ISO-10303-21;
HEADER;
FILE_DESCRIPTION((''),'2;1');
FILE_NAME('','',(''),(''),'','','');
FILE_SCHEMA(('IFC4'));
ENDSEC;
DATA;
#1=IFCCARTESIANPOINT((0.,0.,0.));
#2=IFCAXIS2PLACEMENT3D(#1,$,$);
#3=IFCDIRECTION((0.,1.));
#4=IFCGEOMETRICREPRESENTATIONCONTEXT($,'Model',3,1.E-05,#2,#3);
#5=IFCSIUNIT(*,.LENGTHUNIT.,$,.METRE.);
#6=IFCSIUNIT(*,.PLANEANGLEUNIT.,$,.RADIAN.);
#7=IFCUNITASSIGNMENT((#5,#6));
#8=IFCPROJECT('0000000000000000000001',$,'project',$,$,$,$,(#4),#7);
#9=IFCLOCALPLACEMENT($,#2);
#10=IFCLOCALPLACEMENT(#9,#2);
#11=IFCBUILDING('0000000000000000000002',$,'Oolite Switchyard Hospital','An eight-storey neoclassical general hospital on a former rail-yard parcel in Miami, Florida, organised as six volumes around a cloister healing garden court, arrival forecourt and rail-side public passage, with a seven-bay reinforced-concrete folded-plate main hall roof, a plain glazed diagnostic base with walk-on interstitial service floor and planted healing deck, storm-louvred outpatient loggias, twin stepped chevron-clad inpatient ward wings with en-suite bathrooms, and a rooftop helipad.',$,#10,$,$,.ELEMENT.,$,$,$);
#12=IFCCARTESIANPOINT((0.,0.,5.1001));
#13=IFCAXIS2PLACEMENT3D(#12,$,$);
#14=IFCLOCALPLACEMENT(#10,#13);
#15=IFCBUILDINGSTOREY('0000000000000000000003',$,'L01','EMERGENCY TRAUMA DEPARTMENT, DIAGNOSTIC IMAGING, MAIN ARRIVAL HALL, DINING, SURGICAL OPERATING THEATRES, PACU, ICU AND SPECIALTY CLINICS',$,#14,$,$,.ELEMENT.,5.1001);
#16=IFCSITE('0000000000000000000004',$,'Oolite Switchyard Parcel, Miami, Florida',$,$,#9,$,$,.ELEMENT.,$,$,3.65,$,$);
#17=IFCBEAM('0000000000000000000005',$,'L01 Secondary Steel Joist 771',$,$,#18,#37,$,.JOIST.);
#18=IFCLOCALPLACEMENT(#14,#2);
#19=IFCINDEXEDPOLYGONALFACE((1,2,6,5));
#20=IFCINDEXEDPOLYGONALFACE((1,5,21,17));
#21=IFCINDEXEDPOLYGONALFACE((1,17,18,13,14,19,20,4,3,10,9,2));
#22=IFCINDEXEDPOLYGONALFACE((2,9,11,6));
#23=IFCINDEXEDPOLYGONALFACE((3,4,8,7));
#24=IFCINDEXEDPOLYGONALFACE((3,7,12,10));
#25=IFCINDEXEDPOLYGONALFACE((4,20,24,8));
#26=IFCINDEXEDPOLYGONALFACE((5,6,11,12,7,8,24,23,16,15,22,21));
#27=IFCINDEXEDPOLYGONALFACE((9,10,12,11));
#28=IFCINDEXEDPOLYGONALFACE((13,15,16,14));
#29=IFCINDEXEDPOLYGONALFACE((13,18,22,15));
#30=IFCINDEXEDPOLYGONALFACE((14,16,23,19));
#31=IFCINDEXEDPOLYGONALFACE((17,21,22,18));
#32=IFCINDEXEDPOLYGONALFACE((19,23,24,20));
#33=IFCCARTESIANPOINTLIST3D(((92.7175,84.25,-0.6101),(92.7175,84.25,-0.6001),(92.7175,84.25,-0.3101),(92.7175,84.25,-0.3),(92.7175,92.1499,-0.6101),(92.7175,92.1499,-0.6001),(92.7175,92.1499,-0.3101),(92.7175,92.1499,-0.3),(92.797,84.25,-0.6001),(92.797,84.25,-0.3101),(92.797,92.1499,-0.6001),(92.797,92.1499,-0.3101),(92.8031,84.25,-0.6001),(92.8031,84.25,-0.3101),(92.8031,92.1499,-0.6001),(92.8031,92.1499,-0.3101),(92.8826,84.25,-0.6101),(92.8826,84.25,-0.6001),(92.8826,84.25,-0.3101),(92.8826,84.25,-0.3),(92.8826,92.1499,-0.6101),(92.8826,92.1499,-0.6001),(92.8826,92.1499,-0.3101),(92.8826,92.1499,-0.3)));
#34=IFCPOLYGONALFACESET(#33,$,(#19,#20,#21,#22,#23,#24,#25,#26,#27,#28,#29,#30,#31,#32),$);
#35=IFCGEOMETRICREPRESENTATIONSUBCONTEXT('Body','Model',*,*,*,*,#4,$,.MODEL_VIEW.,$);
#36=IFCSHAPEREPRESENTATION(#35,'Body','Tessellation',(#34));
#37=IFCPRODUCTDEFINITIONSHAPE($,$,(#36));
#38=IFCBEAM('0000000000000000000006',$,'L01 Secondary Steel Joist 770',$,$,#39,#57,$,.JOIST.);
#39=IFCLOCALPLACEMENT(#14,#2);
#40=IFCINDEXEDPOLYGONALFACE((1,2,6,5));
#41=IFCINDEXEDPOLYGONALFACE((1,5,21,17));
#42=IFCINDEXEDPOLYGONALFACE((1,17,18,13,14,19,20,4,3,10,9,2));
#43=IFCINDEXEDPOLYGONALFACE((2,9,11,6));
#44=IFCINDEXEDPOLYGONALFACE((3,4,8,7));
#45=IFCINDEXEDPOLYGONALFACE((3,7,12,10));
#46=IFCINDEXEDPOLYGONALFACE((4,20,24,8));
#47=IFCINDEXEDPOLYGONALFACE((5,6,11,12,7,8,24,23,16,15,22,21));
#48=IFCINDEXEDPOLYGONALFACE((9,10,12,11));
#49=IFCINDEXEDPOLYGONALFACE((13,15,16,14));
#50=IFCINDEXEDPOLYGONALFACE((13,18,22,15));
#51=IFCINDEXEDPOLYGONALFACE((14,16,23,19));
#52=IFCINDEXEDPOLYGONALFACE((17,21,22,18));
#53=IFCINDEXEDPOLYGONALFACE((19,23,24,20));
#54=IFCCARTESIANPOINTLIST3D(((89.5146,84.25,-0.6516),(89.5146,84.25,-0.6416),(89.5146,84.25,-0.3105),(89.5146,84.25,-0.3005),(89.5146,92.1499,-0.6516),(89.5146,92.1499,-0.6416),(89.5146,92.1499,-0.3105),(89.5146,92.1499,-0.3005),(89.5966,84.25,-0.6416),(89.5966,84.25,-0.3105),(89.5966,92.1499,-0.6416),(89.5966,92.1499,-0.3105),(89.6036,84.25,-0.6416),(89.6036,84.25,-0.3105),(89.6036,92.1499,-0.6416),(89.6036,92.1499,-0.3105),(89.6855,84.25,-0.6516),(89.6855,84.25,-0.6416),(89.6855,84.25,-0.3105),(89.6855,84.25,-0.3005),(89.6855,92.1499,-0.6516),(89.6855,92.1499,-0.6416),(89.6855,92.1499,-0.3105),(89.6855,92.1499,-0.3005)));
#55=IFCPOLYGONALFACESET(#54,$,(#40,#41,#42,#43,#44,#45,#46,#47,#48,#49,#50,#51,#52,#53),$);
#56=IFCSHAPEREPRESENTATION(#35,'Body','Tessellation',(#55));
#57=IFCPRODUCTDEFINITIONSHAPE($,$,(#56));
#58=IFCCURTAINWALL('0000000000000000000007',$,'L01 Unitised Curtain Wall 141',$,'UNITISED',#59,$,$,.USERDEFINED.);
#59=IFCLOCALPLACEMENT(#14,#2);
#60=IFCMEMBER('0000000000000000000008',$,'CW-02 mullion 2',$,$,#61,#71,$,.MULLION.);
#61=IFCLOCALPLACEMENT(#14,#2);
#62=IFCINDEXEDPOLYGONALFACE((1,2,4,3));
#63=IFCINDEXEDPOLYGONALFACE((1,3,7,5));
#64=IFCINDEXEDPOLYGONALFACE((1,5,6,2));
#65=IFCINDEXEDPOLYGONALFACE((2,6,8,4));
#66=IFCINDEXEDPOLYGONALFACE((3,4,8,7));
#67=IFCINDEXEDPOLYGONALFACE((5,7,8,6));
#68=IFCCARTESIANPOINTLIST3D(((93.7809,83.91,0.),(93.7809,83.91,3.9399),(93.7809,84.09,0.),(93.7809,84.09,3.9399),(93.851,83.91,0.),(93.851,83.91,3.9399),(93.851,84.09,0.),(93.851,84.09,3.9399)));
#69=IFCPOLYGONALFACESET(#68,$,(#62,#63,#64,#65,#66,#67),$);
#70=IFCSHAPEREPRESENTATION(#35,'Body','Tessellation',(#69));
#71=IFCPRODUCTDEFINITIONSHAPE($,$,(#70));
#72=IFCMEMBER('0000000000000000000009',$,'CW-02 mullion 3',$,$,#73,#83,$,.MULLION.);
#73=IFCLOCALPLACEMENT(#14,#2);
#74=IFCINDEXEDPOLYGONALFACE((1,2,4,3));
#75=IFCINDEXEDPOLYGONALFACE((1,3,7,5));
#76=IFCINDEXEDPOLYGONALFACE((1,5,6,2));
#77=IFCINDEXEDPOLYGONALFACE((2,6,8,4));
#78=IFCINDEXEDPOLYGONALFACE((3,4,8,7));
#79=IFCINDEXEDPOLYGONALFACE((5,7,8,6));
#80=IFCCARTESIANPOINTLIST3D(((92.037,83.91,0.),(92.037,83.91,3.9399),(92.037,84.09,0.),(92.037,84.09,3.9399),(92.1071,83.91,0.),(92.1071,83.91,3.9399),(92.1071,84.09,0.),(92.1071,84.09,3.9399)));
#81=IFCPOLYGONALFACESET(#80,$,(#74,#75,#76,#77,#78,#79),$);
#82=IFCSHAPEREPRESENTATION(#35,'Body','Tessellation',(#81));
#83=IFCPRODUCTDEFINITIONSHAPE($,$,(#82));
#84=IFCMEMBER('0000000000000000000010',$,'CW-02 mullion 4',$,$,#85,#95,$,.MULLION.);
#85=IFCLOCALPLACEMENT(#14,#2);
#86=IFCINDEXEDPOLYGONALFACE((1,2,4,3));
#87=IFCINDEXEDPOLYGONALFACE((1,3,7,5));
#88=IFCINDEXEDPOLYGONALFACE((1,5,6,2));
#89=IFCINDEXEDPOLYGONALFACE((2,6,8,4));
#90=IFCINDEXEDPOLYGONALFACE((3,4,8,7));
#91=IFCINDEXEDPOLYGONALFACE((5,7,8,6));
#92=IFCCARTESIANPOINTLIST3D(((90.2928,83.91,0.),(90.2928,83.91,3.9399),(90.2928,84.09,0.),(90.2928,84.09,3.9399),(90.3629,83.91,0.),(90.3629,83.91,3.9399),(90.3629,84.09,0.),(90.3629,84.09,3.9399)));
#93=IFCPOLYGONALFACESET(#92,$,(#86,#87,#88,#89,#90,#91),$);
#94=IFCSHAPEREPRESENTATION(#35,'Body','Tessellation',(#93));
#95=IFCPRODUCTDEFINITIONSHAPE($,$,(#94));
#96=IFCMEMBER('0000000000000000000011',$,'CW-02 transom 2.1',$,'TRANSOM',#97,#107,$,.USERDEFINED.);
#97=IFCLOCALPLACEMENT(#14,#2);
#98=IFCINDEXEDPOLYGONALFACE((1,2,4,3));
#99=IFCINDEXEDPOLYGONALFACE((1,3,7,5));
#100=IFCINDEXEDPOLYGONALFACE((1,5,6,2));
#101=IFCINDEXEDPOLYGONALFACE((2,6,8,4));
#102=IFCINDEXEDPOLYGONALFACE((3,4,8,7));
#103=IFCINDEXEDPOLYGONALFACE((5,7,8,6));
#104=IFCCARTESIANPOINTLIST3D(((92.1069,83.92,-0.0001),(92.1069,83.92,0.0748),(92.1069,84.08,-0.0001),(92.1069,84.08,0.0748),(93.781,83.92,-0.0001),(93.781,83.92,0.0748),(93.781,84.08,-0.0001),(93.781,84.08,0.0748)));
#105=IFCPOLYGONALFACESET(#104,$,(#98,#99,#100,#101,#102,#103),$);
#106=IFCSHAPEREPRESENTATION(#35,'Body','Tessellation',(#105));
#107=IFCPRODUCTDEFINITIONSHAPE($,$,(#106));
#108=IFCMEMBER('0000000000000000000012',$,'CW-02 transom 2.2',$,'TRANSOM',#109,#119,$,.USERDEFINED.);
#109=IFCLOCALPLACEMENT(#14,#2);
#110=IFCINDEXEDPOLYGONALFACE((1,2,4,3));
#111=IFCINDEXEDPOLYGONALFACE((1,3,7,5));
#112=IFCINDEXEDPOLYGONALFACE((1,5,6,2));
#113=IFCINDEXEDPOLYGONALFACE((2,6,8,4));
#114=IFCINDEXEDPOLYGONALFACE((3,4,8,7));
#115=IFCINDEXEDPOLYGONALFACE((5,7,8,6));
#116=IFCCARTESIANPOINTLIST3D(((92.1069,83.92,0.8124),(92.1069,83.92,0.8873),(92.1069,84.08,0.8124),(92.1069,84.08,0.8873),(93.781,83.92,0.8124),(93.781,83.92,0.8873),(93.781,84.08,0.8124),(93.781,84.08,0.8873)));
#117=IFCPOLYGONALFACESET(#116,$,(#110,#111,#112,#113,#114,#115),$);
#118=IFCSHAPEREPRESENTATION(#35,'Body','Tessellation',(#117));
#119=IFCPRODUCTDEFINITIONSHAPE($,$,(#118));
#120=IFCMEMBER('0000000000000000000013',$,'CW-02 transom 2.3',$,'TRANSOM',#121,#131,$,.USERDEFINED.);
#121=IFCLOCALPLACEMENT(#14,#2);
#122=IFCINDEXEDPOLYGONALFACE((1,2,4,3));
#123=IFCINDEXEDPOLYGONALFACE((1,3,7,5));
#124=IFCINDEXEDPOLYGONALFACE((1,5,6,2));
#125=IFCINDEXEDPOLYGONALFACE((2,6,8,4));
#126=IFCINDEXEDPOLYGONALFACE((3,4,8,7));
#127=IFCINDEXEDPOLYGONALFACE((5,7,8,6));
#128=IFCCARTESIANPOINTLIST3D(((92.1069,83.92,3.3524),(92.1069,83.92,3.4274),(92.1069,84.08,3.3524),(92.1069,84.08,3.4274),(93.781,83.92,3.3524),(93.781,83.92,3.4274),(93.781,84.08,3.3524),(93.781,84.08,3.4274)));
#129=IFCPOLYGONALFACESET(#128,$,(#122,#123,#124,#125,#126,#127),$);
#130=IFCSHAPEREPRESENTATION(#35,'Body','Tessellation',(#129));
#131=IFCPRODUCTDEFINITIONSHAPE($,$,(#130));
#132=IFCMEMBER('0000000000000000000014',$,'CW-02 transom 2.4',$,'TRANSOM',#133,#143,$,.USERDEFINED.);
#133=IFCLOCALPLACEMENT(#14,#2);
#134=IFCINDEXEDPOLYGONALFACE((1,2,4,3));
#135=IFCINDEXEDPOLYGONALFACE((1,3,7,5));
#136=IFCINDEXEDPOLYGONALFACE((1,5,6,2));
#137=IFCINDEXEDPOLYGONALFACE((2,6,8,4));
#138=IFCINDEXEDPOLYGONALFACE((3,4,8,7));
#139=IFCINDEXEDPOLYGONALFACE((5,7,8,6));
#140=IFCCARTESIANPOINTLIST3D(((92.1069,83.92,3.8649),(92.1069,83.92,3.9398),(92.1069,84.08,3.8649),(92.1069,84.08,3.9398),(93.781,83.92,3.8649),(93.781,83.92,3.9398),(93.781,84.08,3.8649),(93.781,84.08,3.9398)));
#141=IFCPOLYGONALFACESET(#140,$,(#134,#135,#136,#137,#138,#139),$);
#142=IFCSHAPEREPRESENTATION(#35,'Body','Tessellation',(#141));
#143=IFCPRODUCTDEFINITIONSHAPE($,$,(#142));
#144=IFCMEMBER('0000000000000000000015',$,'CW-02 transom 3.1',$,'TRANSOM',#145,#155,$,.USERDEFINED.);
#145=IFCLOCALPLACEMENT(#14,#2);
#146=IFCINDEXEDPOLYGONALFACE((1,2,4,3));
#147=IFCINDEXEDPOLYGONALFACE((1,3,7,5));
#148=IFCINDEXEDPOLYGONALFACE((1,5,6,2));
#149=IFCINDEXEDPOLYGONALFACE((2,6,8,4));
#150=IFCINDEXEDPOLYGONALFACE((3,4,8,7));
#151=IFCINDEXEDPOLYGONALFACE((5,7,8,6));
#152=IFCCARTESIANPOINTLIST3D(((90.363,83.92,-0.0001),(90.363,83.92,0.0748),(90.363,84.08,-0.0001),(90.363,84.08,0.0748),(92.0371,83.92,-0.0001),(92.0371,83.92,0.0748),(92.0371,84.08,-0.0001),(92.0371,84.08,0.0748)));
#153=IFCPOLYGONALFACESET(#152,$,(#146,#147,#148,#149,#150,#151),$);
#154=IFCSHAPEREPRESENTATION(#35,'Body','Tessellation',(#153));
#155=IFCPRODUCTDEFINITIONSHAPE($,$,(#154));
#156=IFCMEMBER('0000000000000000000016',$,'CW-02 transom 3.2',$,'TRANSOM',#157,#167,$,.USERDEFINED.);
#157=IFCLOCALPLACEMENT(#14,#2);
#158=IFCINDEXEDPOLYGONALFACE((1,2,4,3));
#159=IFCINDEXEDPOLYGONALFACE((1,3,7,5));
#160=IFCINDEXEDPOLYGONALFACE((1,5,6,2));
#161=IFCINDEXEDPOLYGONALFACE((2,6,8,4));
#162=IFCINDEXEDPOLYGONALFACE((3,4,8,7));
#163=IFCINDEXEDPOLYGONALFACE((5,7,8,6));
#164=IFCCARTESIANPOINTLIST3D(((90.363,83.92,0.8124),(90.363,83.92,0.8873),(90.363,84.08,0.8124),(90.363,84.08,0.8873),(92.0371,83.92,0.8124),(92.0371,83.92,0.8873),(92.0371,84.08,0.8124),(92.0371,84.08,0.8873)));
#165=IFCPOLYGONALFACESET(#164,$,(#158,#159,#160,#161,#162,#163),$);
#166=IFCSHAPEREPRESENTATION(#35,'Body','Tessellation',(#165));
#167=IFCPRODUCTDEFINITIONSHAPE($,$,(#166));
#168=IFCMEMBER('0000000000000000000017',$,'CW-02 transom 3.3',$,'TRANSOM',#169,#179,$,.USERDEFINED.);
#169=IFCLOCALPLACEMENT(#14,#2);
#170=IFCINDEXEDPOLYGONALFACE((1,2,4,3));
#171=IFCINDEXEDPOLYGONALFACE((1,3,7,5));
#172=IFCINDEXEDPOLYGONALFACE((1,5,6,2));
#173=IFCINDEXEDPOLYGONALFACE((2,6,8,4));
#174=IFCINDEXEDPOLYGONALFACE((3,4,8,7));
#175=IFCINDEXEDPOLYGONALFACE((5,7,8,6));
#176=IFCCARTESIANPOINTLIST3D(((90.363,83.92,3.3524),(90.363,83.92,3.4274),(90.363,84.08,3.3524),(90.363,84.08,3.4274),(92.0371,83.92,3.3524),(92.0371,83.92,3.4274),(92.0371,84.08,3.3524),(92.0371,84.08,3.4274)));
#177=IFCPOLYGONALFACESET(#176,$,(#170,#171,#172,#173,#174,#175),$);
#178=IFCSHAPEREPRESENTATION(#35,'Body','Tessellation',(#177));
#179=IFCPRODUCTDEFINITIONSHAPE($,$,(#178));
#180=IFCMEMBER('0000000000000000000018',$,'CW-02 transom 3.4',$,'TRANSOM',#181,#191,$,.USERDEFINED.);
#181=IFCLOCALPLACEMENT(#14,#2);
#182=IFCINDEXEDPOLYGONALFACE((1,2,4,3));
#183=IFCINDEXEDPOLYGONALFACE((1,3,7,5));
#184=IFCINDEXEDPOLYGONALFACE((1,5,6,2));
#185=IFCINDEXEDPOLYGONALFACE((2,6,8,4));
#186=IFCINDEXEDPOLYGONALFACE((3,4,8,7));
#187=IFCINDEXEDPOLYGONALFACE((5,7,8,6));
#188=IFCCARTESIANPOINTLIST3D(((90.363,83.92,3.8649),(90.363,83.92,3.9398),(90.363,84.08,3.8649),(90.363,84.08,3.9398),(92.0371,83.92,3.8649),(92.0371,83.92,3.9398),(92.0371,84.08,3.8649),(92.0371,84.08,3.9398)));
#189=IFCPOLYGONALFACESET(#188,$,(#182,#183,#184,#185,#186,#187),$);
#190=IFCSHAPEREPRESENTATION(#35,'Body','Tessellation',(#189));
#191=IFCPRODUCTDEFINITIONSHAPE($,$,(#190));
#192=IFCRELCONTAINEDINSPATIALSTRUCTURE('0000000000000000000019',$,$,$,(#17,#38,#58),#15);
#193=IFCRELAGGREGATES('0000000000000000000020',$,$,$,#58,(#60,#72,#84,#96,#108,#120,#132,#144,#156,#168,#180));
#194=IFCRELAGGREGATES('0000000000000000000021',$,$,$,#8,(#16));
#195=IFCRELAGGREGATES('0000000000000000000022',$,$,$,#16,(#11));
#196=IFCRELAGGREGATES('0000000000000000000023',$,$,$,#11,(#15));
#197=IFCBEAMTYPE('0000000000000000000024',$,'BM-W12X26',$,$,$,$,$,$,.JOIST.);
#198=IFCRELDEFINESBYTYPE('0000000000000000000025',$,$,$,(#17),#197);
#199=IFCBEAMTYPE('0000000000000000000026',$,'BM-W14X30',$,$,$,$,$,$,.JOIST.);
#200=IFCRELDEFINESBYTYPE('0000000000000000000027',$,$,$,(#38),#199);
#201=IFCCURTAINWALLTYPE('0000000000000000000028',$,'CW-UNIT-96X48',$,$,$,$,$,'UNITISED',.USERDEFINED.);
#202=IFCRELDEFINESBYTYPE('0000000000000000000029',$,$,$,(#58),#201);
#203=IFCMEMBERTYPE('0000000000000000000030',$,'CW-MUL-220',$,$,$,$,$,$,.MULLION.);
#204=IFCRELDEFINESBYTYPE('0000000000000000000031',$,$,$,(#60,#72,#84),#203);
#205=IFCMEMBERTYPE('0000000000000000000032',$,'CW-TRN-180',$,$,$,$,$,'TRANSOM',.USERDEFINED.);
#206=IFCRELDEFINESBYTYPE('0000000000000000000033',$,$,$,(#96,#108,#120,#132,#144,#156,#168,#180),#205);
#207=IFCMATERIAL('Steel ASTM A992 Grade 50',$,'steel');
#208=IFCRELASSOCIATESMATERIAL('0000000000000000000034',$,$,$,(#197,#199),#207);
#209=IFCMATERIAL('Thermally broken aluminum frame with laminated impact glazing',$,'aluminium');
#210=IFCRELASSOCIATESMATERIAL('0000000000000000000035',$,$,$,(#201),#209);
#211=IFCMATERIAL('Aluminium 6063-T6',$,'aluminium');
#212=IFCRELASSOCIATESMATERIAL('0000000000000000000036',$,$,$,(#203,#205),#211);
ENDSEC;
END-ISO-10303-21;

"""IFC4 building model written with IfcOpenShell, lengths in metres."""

from ifc_helpers import new_model, si_unit, direction, frame, origin, origin_2d, place, context, subcontext, project, spatial, rectangle, i_section, extrude, material, material_profile, profile_set, type_object, element, aggregate, save


model = new_model("IFC4")

# Units and contexts
model_context = context("Model", 3, precision=1e-05, world=origin(), true_north=direction((0.0, 1.0)))
body_context = subcontext(model_context, "Body", "Model", "MODEL_VIEW")
ifc_project = project(units=[si_unit("LENGTHUNIT", "METRE"), si_unit("PLANEANGLEUNIT", "RADIAN")], contexts=[model_context])

# Site, building, storey
site_placement = place(None, origin())
site = spatial("IfcSite", under=ifc_project, at=site_placement, Name="Oolite Switchyard Parcel, Miami, Florida", CompositionType="ELEMENT", RefElevation=3.65)
building_placement = place(site_placement, origin())
building = spatial("IfcBuilding", under=site, at=building_placement, Name="Oolite Switchyard Hospital", Description="An eight-storey neoclassical general hospital on a former rail-yard parcel in Miami, Florida, organised as six volumes around a cloister healing garden court, arrival forecourt and rail-side public passage, with a seven-bay reinforced-concrete folded-plate main hall roof, a plain glazed diagnostic base with walk-on interstitial service floor and planted healing deck, storm-louvred outpatient loggias, twin stepped chevron-clad inpatient ward wings with en-suite bathrooms, and a rooftop helipad.", CompositionType="ELEMENT")
storey_placement = place(building_placement, frame((0.0, 0.0, 5.1001)))
storey = spatial("IfcBuildingStorey", under=building, at=storey_placement, Name="L01", Description="EMERGENCY TRAUMA DEPARTMENT, DIAGNOSTIC IMAGING, MAIN ARRIVAL HALL, DINING, SURGICAL OPERATING THEATRES, PACU, ICU AND SPECIALTY CLINICS", CompositionType="ELEMENT", Elevation=5.1001)

# Beams
ifc_material_1 = material(Name="Steel ASTM A992 Grade 50", Category="steel")
ifc_material_profile_1 = material_profile(ifc_material_1, i_section(OverallWidth=0.165, OverallDepth=0.3101, WebThickness=0.0061, FlangeThickness=0.01, at=origin_2d()), Name="W12X26")
ifc_profile_set_1 = profile_set([ifc_material_profile_1], Name="Steel ASTM A992 Grade 50")
beam_type_1 = type_object("IfcBeamType", Name="BM-W12X26", PredefinedType="JOIST", material=ifc_profile_set_1)
beam_1_placement = place(storey_placement, frame((92.8, 84.25, -0.4551), z_axis=(0.0, 1.0, 0.0), x_axis=(-1.0, 0.0, 0.0)))
element("IfcBeam", 1, at=beam_1_placement, inside=storey, type_object=beam_type_1, Name="L01 Secondary Steel Joist 771", PredefinedType="JOIST", context=body_context, shape_type="SweptSolid", body=[
    extrude(i_section(OverallWidth=0.165, OverallDepth=0.3101, WebThickness=0.0061, FlangeThickness=0.01, at=origin_2d()), origin(), (0.0, 0.0, 1.0), 7.8999),
])
ifc_material_profile_2 = material_profile(ifc_material_1, i_section(OverallWidth=0.1709, OverallDepth=0.3511, WebThickness=0.0071, FlangeThickness=0.01, at=origin_2d()), Name="W14X30")
ifc_profile_set_2 = profile_set([ifc_material_profile_2], Name="Steel ASTM A992 Grade 50")
beam_type_2 = type_object("IfcBeamType", Name="BM-W14X30", PredefinedType="JOIST", material=ifc_profile_set_2)
beam_2_placement = place(storey_placement, frame((89.6001, 84.25, -0.4761), z_axis=(0.0, 1.0, 0.0), x_axis=(-1.0, 0.0, 0.0)))
element("IfcBeam", 2, at=beam_2_placement, inside=storey, type_object=beam_type_2, Name="L01 Secondary Steel Joist 770", PredefinedType="JOIST", context=body_context, shape_type="SweptSolid", body=[
    extrude(i_section(OverallWidth=0.1709, OverallDepth=0.3511, WebThickness=0.0071, FlangeThickness=0.01, at=origin_2d()), origin(), (0.0, 0.0, 1.0), 7.8999),
])

# Curtain wall, members
ifc_material_2 = material(Name="Thermally broken aluminum frame with laminated impact glazing", Category="aluminium")
curtain_wall_type = type_object("IfcCurtainWallType", Name="CW-UNIT-96X48", ElementType="UNITISED", PredefinedType="USERDEFINED", material=ifc_material_2)
curtain_wall_placement = place(storey_placement, origin())
curtain_wall = element("IfcCurtainWall", 3, at=curtain_wall_placement, inside=storey, type_object=curtain_wall_type, Name="L01 Unitised Curtain Wall 141", ObjectType="UNITISED", PredefinedType="USERDEFINED")
ifc_material_3 = material(Name="Aluminium 6063-T6", Category="aluminium")
ifc_material_profile_3 = material_profile(ifc_material_3, rectangle(XDim=0.1799, YDim=0.0701, at=origin_2d()), Name="CWM70X180")
ifc_profile_set_3 = profile_set([ifc_material_profile_3], Name="Aluminium 6063-T6")
member_type_1 = type_object("IfcMemberType", Name="CW-MUL-220", PredefinedType="MULLION", material=ifc_profile_set_3)
member_1_placement = place(storey_placement, frame((93.8159, 84.0, 0.0), z_axis=(0.0, 0.0, 1.0), x_axis=(0.0, -1.0, 0.0)))
member_1 = element("IfcMember", 4, at=member_1_placement, type_object=member_type_1, Name="CW-02 mullion 2", PredefinedType="MULLION", context=body_context, shape_type="SweptSolid", body=[
    extrude(rectangle(XDim=0.1799, YDim=0.0701, at=origin_2d()), origin(), (0.0, 0.0, 1.0), 3.9399),
])
member_2_placement = place(storey_placement, frame((92.072, 84.0, 0.0), z_axis=(0.0, 0.0, 1.0), x_axis=(0.0, -1.0, 0.0)))
member_2 = element("IfcMember", 5, at=member_2_placement, type_object=member_type_1, Name="CW-02 mullion 3", PredefinedType="MULLION", context=body_context, shape_type="SweptSolid", body=[
    extrude(rectangle(XDim=0.1799, YDim=0.0701, at=origin_2d()), origin(), (0.0, 0.0, 1.0), 3.9399),
])
member_3_placement = place(storey_placement, frame((90.3279, 84.0, 0.0), z_axis=(0.0, 0.0, 1.0), x_axis=(0.0, -1.0, 0.0)))
member_3 = element("IfcMember", 6, at=member_3_placement, type_object=member_type_1, Name="CW-02 mullion 4", PredefinedType="MULLION", context=body_context, shape_type="SweptSolid", body=[
    extrude(rectangle(XDim=0.1799, YDim=0.0701, at=origin_2d()), origin(), (0.0, 0.0, 1.0), 3.9399),
])
ifc_material_profile_4 = material_profile(ifc_material_3, rectangle(XDim=0.1599, YDim=0.075, at=origin_2d()), Name="CWT75X160")
ifc_profile_set_4 = profile_set([ifc_material_profile_4], Name="Aluminium 6063-T6")
member_type_2 = type_object("IfcMemberType", Name="CW-TRN-180", ElementType="TRANSOM", PredefinedType="USERDEFINED", material=ifc_profile_set_4)
member_4_placement = place(storey_placement, frame((93.781, 84.0, 0.0374), z_axis=(-1.0, 0.0, 0.0), x_axis=(0.0, -1.0, 0.0)))
member_4 = element("IfcMember", 7, at=member_4_placement, type_object=member_type_2, Name="CW-02 transom 2.1", ObjectType="TRANSOM", PredefinedType="USERDEFINED", context=body_context, shape_type="SweptSolid", body=[
    extrude(rectangle(XDim=0.1599, YDim=0.075, at=origin_2d()), origin(), (0.0, 0.0, 1.0), 1.6741),
])
member_5_placement = place(storey_placement, frame((93.781, 84.0, 0.8499), z_axis=(-1.0, 0.0, 0.0), x_axis=(0.0, -1.0, 0.0)))
member_5 = element("IfcMember", 8, at=member_5_placement, type_object=member_type_2, Name="CW-02 transom 2.2", ObjectType="TRANSOM", PredefinedType="USERDEFINED", context=body_context, shape_type="SweptSolid", body=[
    extrude(rectangle(XDim=0.1599, YDim=0.075, at=origin_2d()), origin(), (0.0, 0.0, 1.0), 1.6741),
])
member_6_placement = place(storey_placement, frame((93.781, 84.0, 3.3899), z_axis=(-1.0, 0.0, 0.0), x_axis=(0.0, -1.0, 0.0)))
member_6 = element("IfcMember", 9, at=member_6_placement, type_object=member_type_2, Name="CW-02 transom 2.3", ObjectType="TRANSOM", PredefinedType="USERDEFINED", context=body_context, shape_type="SweptSolid", body=[
    extrude(rectangle(XDim=0.1599, YDim=0.075, at=origin_2d()), origin(), (0.0, 0.0, 1.0), 1.6741),
])
member_7_placement = place(storey_placement, frame((93.781, 84.0, 3.9023), z_axis=(-1.0, 0.0, 0.0), x_axis=(0.0, -1.0, 0.0)))
member_7 = element("IfcMember", 10, at=member_7_placement, type_object=member_type_2, Name="CW-02 transom 2.4", ObjectType="TRANSOM", PredefinedType="USERDEFINED", context=body_context, shape_type="SweptSolid", body=[
    extrude(rectangle(XDim=0.1599, YDim=0.075, at=origin_2d()), origin(), (0.0, 0.0, 1.0), 1.6741),
])
member_8_placement = place(storey_placement, frame((92.0371, 84.0, 0.0374), z_axis=(-1.0, 0.0, 0.0), x_axis=(0.0, -1.0, 0.0)))
member_8 = element("IfcMember", 11, at=member_8_placement, type_object=member_type_2, Name="CW-02 transom 3.1", ObjectType="TRANSOM", PredefinedType="USERDEFINED", context=body_context, shape_type="SweptSolid", body=[
    extrude(rectangle(XDim=0.1599, YDim=0.075, at=origin_2d()), origin(), (0.0, 0.0, 1.0), 1.6741),
])
member_9_placement = place(storey_placement, frame((92.0371, 84.0, 0.8499), z_axis=(-1.0, 0.0, 0.0), x_axis=(0.0, -1.0, 0.0)))
member_9 = element("IfcMember", 12, at=member_9_placement, type_object=member_type_2, Name="CW-02 transom 3.2", ObjectType="TRANSOM", PredefinedType="USERDEFINED", context=body_context, shape_type="SweptSolid", body=[
    extrude(rectangle(XDim=0.1599, YDim=0.075, at=origin_2d()), origin(), (0.0, 0.0, 1.0), 1.6741),
])
member_10_placement = place(storey_placement, frame((92.0371, 84.0, 3.3899), z_axis=(-1.0, 0.0, 0.0), x_axis=(0.0, -1.0, 0.0)))
member_10 = element("IfcMember", 13, at=member_10_placement, type_object=member_type_2, Name="CW-02 transom 3.3", ObjectType="TRANSOM", PredefinedType="USERDEFINED", context=body_context, shape_type="SweptSolid", body=[
    extrude(rectangle(XDim=0.1599, YDim=0.075, at=origin_2d()), origin(), (0.0, 0.0, 1.0), 1.6741),
])
member_11_placement = place(storey_placement, frame((92.0371, 84.0, 3.9023), z_axis=(-1.0, 0.0, 0.0), x_axis=(0.0, -1.0, 0.0)))
member_11 = element("IfcMember", 14, at=member_11_placement, type_object=member_type_2, Name="CW-02 transom 3.4", ObjectType="TRANSOM", PredefinedType="USERDEFINED", context=body_context, shape_type="SweptSolid", body=[
    extrude(rectangle(XDim=0.1599, YDim=0.075, at=origin_2d()), origin(), (0.0, 0.0, 1.0), 1.6741),
])
aggregate(curtain_wall, [member_1, member_2, member_3, member_4, member_5, member_6, member_7, member_8, member_9, member_10, member_11])

save(model, "model.ifc")
